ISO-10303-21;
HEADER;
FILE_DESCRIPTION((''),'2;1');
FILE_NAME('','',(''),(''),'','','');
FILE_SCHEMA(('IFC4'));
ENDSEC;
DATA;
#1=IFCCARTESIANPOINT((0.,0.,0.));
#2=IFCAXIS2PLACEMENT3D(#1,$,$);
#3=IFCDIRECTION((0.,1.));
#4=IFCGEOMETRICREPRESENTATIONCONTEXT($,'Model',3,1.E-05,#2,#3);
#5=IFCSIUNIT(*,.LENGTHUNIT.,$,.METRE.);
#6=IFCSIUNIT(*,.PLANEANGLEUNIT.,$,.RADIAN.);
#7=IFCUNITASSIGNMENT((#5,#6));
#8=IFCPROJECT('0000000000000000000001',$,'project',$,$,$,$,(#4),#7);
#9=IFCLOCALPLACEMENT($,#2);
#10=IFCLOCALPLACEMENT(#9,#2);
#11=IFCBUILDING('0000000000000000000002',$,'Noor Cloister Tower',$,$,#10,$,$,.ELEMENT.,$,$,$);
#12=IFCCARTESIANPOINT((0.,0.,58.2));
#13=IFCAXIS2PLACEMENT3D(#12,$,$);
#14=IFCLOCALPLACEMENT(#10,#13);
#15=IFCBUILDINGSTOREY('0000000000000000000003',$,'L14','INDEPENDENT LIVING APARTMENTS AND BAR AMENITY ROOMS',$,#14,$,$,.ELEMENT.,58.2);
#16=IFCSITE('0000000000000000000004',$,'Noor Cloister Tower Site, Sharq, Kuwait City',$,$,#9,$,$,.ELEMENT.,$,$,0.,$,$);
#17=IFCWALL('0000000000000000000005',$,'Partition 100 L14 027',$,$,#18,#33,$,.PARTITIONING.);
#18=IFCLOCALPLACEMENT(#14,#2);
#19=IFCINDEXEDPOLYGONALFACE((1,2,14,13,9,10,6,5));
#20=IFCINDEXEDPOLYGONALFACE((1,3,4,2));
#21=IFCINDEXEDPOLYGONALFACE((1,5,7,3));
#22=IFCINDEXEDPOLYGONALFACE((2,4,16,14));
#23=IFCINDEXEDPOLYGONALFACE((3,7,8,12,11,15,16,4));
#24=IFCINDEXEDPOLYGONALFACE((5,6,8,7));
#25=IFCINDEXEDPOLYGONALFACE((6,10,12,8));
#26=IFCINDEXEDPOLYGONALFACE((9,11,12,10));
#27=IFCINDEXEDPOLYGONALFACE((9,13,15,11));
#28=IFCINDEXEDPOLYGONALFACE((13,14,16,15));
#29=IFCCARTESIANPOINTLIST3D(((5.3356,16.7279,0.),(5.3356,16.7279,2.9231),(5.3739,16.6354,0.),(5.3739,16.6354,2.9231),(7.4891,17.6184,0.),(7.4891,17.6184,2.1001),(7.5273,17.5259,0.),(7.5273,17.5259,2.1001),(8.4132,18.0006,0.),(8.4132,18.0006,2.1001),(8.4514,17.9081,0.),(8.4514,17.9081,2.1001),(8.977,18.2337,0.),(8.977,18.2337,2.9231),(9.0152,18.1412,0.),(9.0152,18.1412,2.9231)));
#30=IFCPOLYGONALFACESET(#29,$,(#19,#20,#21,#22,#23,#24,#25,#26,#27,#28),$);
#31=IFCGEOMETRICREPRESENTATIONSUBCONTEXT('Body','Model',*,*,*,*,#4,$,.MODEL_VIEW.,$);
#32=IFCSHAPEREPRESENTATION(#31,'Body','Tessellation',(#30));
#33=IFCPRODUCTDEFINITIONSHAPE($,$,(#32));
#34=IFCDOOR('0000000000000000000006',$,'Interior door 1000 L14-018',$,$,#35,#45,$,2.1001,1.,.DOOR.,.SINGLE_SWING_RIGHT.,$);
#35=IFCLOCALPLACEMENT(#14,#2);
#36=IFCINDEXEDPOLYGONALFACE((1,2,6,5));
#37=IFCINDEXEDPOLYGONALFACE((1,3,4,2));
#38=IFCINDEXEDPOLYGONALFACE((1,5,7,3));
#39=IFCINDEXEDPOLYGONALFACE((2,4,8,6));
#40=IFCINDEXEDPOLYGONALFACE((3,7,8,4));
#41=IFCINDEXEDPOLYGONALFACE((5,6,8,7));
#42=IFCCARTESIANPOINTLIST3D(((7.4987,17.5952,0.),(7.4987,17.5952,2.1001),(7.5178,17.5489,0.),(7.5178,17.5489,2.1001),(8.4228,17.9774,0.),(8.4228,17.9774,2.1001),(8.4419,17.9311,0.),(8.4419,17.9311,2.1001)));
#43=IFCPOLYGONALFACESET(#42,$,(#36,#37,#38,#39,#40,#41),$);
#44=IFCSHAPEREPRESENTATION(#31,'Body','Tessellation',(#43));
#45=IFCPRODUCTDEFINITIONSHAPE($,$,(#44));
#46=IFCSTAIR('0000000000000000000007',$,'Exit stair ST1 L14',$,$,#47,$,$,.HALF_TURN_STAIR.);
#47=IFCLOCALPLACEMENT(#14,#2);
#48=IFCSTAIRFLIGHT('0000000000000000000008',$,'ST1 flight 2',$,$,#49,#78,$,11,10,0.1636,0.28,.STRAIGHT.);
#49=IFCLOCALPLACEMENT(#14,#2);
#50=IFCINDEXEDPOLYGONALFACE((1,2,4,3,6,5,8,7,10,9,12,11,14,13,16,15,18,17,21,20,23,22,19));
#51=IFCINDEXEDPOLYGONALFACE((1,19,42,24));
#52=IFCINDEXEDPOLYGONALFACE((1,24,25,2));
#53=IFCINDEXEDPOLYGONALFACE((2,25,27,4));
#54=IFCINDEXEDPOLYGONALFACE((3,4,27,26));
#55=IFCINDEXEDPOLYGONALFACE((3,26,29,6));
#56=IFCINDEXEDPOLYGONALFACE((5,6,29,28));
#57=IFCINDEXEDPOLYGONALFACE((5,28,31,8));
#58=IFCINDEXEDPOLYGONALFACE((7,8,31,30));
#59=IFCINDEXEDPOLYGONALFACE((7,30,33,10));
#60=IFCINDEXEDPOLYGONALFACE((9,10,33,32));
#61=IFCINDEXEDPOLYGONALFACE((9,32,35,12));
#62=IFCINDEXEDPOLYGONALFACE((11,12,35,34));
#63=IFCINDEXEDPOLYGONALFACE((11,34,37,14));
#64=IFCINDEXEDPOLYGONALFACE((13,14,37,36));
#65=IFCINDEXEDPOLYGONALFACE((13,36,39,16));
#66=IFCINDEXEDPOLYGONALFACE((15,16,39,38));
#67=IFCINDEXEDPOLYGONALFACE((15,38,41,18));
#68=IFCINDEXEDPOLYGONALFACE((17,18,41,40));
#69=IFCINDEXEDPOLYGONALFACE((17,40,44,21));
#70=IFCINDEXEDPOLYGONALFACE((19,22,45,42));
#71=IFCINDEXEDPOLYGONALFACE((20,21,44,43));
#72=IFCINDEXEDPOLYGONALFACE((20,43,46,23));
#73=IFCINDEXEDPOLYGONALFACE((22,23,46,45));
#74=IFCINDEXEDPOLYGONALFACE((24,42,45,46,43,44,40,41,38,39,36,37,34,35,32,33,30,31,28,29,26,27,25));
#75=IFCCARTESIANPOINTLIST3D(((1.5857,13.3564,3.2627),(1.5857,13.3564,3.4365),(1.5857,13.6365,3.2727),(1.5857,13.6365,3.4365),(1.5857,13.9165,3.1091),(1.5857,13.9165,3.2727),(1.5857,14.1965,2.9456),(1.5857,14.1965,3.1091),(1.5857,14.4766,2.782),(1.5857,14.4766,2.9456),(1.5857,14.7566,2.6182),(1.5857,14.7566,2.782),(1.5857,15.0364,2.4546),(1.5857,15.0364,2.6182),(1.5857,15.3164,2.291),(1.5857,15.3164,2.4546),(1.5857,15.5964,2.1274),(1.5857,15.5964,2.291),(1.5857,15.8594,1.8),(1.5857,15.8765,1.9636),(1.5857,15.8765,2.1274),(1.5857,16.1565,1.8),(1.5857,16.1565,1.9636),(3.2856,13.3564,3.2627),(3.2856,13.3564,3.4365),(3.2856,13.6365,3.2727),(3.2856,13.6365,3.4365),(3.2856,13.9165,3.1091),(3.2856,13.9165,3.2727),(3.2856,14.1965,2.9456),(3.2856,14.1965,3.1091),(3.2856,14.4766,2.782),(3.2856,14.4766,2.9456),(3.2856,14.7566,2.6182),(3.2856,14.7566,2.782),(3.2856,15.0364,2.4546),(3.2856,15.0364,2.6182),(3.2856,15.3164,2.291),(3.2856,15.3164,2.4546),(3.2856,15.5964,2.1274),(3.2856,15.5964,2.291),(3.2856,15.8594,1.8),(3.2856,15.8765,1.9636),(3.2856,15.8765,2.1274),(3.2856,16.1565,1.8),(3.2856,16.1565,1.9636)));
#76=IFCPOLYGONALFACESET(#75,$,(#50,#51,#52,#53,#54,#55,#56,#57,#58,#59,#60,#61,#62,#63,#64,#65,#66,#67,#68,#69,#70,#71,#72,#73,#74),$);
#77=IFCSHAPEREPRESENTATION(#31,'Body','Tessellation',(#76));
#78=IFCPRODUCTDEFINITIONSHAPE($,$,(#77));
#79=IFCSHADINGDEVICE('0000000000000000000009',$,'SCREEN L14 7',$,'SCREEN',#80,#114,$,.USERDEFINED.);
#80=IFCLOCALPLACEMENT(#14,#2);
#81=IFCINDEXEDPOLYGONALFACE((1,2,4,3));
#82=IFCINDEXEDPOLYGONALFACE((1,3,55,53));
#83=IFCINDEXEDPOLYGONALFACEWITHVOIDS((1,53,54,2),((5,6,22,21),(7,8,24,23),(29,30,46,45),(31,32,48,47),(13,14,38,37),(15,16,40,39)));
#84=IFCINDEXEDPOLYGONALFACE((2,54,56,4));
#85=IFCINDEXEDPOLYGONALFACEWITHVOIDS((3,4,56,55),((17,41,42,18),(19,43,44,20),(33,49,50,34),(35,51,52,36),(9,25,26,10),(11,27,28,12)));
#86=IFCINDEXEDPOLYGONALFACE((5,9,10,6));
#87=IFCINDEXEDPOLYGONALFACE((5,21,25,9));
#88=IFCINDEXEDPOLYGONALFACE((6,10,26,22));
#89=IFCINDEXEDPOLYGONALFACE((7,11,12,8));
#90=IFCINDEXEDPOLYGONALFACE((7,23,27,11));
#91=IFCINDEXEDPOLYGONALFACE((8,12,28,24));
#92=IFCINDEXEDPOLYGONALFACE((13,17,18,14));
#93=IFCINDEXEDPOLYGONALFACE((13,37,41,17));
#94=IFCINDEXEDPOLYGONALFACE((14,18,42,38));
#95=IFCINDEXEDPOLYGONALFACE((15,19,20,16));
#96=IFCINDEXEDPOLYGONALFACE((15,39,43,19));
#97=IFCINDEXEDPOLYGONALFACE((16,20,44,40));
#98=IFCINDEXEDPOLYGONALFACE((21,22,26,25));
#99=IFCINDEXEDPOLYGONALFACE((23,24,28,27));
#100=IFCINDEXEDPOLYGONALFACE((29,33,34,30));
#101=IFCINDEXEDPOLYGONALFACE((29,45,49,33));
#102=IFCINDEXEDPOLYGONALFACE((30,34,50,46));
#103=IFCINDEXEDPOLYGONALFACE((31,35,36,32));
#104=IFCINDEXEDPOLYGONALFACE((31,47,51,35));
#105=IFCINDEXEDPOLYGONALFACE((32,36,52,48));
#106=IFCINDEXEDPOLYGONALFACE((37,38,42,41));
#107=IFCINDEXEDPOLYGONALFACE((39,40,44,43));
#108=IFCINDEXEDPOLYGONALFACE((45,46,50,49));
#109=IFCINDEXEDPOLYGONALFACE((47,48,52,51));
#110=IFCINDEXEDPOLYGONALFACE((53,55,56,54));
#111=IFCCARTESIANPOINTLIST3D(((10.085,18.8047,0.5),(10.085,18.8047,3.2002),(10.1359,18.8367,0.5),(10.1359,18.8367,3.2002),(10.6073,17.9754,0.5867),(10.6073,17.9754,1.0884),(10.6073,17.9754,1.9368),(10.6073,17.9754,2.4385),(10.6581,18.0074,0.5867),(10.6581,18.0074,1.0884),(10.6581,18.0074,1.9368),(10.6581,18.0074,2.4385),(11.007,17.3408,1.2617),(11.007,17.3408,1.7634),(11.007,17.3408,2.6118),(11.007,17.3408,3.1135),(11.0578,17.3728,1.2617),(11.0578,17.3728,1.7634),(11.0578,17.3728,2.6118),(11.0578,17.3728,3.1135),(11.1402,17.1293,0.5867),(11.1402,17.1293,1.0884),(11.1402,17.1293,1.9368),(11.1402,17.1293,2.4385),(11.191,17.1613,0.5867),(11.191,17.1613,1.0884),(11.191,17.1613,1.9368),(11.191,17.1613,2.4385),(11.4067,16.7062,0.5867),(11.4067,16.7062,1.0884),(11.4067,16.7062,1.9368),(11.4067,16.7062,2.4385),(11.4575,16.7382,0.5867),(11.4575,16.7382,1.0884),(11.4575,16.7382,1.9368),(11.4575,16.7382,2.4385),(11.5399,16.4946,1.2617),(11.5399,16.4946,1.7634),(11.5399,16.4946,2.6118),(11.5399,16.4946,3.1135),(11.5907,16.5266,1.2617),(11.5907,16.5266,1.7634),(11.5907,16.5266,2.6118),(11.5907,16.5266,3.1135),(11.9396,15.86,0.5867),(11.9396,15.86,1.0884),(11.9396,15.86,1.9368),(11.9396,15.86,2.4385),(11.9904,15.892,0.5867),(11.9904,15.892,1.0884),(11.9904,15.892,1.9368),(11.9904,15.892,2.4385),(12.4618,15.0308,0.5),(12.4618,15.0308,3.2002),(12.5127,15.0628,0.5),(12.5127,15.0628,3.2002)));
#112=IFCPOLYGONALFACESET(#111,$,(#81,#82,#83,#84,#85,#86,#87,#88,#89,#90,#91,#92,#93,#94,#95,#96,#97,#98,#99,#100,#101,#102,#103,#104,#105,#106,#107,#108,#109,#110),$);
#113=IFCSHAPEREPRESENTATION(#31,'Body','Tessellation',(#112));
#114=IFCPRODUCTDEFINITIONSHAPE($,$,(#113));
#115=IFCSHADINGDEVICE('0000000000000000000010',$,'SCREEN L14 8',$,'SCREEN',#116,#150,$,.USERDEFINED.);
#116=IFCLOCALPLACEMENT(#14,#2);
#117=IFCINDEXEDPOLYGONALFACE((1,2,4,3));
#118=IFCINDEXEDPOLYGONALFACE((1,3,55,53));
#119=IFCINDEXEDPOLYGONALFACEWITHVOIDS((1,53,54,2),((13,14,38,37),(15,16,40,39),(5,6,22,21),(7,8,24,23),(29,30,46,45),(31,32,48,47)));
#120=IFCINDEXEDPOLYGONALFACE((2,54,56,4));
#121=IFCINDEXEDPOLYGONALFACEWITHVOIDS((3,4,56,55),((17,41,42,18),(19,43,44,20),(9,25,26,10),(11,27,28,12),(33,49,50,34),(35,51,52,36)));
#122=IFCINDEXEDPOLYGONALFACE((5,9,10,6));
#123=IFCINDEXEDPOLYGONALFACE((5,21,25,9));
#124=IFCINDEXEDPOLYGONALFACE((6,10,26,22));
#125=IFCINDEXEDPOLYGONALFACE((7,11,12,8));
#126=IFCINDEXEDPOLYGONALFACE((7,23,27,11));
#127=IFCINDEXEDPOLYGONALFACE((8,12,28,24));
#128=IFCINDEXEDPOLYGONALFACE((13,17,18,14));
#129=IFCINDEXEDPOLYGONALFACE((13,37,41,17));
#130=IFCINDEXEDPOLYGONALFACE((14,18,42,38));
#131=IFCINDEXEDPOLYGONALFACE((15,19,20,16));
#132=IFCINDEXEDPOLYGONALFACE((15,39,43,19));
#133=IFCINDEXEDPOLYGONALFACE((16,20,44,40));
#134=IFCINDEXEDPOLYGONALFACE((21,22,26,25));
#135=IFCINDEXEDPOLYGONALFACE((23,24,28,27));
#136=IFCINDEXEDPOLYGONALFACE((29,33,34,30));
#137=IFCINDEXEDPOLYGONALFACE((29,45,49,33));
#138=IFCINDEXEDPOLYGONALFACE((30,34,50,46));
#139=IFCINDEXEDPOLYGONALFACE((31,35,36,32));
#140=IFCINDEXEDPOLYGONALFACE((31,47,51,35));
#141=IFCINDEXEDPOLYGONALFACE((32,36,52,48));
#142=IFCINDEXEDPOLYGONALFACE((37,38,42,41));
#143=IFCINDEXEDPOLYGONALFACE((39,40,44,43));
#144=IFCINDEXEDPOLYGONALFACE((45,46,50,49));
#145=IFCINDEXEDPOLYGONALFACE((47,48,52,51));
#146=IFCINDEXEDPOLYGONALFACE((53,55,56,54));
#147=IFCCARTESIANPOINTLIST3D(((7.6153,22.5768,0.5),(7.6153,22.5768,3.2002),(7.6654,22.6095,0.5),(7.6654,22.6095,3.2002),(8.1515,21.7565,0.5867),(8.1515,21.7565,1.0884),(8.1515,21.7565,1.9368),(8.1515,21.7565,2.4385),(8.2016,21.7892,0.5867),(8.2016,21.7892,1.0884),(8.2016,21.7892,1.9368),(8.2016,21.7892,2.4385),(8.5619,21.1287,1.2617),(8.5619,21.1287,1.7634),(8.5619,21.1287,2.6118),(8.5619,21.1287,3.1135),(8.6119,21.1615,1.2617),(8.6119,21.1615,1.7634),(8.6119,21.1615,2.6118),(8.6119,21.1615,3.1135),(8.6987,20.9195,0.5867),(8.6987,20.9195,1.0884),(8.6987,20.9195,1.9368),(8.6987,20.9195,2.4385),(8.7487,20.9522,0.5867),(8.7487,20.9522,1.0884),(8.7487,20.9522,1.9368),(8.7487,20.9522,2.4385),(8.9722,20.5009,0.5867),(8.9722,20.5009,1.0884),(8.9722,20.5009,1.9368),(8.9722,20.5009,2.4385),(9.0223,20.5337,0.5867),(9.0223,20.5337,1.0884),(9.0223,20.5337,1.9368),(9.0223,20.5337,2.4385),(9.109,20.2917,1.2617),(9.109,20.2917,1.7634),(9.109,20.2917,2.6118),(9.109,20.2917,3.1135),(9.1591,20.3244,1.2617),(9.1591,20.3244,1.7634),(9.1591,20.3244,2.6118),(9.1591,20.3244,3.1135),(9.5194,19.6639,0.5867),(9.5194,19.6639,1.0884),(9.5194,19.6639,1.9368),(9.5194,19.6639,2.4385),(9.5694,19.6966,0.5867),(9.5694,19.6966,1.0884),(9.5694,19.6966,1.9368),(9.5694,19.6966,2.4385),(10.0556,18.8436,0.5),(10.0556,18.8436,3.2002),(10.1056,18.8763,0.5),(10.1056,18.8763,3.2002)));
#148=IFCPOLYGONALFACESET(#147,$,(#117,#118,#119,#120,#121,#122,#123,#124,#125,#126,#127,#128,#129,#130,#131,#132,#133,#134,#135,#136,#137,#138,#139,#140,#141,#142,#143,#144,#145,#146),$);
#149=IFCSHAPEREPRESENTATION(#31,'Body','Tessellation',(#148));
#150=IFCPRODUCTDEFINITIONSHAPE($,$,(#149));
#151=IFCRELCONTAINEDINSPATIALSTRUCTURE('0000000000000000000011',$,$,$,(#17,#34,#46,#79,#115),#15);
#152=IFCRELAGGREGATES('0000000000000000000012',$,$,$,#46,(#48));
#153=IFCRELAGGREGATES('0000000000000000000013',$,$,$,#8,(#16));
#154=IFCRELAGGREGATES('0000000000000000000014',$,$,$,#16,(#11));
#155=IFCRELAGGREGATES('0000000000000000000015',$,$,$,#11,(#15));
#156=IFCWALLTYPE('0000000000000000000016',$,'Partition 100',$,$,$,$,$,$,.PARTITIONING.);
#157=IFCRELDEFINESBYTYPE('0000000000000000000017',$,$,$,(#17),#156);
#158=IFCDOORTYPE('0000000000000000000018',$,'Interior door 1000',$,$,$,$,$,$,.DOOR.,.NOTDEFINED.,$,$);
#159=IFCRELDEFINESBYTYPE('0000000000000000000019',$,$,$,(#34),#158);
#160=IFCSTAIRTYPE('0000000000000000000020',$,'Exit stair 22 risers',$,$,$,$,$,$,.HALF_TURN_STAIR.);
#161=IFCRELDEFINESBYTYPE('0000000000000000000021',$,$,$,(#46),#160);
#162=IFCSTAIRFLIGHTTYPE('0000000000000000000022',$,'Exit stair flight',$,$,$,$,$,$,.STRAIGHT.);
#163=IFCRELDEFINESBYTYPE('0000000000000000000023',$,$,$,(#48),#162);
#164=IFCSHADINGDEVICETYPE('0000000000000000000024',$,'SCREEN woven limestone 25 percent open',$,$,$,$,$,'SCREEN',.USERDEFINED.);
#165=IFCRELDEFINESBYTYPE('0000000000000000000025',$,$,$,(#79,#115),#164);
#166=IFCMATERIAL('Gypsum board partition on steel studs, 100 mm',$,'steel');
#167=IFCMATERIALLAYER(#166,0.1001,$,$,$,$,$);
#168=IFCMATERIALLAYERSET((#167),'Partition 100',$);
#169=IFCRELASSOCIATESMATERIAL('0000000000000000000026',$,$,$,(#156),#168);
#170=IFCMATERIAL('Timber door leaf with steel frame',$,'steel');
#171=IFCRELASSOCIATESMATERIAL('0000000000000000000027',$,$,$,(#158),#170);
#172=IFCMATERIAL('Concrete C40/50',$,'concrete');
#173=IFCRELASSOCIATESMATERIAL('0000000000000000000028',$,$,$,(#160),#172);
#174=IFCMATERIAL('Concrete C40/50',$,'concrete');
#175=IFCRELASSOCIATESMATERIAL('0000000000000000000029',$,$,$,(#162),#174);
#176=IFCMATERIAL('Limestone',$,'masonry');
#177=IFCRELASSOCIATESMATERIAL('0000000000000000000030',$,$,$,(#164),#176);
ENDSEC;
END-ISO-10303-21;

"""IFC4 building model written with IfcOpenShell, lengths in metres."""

from ifc_helpers import new_model, si_unit, direction, frame, frame_2d, origin, place, context, subcontext, project, spatial, polyline, rectangle, outline, extrude, material, layer, layer_set, material_profile, profile_set, type_object, element, fill, aggregate, save


model = new_model("IFC4")

# Units and contexts
model_context = context("Model", 3, precision=1e-05, world=origin(), true_north=direction((0.0, 1.0)))
body_context = subcontext(model_context, "Body", "Model", "MODEL_VIEW")
ifc_project = project(units=[si_unit("LENGTHUNIT", "METRE"), si_unit("PLANEANGLEUNIT", "RADIAN")], contexts=[model_context])

# Site, building, storey
site_placement = place(None, origin())
site = spatial("IfcSite", under=ifc_project, at=site_placement, Name="Noor Cloister Tower Site, Sharq, Kuwait City", CompositionType="ELEMENT", RefElevation=0.0)
building_placement = place(site_placement, origin())
building = spatial("IfcBuilding", under=site, at=building_placement, Name="Noor Cloister Tower", CompositionType="ELEMENT")
storey_placement = place(building_placement, frame((0.0, 0.0, 58.2)))
storey = spatial("IfcBuildingStorey", under=building, at=storey_placement, Name="L14", Description="INDEPENDENT LIVING APARTMENTS AND BAR AMENITY ROOMS", CompositionType="ELEMENT", Elevation=58.2)

# Wall, opening, door
ifc_material_1 = material(Name="Gypsum board partition on steel studs, 100 mm", Category="steel")
ifc_layer_1 = layer(ifc_material_1, 0.1001)
ifc_layer_set_1 = layer_set([ifc_layer_1], Name="Partition 100")
wall_type = type_object("IfcWallType", Name="Partition 100", PredefinedType="PARTITIONING", material=ifc_layer_set_1)
ifc_material_2 = material(Name="Timber door leaf with steel frame", Category="steel")
door_type = type_object("IfcDoorType", Name="Interior door 1000", OperationType="NOTDEFINED", PredefinedType="DOOR", material=ifc_material_2)
wall_1_placement = place(storey_placement, frame((5.3547, 16.6816, 0.0), z_axis=(0.0, 0.0, 1.0), x_axis=(0.924098, 0.382155, 0.0)))
wall_1 = element("IfcWall", 1, at=wall_1_placement, inside=storey, type_object=wall_type, Name="Partition 100 L14 027", PredefinedType="PARTITIONING", context=body_context, shape_type="SweptSolid", body=[
    extrude(rectangle(XDim=3.9404, YDim=0.1001, at=frame_2d((1.9702, 0.0))), origin(), (0.0, 0.0, 1.0), 2.9231),
])
opening_1_placement = place(wall_1_placement, frame((2.3303, 0.0, 0.0)))
opening_1 = element("IfcOpeningElement", 2, at=opening_1_placement, cuts=wall_1, PredefinedType="OPENING", context=body_context, shape_type="SweptSolid", body=[
    extrude(rectangle(XDim=1.0, YDim=2.1001, at=frame_2d((0.5, 1.05))), frame((0.0, 0.0601, 0.0), z_axis=(0.0, -1.0, 0.0), x_axis=(1.0, 0.0, 0.0)), (0.0, 0.0, 1.0), 0.1201),
])
door_1_placement = place(opening_1_placement, origin())
door_1 = element("IfcDoor", 3, at=door_1_placement, inside=storey, type_object=door_type, Name="Interior door 1000 L14-018", OperationType="SINGLE_SWING_RIGHT", OverallHeight=2.1001, OverallWidth=1.0, PredefinedType="DOOR", context=body_context, shape_type="SweptSolid", body=[
    extrude(rectangle(XDim=1.0, YDim=2.1001, at=frame_2d((0.5, 1.05))), frame((0.0, 0.0249, 0.0), z_axis=(0.0, -1.0, 0.0), x_axis=(1.0, 0.0, 0.0)), (0.0, 0.0, 1.0), 0.05),
])
fill(opening_1, door_1)

# Stair, stair flight
ifc_material_3 = material(Name="Concrete C40/50", Category="concrete")
stair_type = type_object("IfcStairType", Name="Exit stair 22 risers", PredefinedType="HALF_TURN_STAIR", material=ifc_material_3)
stair_placement = place(storey_placement, origin())
stair = element("IfcStair", 4, at=stair_placement, inside=storey, type_object=stair_type, Name="Exit stair ST1 L14", PredefinedType="HALF_TURN_STAIR")
ifc_material_4 = material(Name="Concrete C40/50", Category="concrete")
stair_flight_type = type_object("IfcStairFlightType", Name="Exit stair flight", PredefinedType="STRAIGHT", material=ifc_material_4)
stair_flight_placement = place(storey_placement, frame((2.4355, 16.1565, 1.8), z_axis=(0.0, 0.0, 1.0), x_axis=(0.0, -1.0, 0.0)))
stair_flight = element("IfcStairFlight", 5, at=stair_flight_placement, type_object=stair_flight_type, Name="ST1 flight 2", NumberOfRisers=11, NumberOfTreads=10, PredefinedType="STRAIGHT", RiserHeight=0.1636, TreadLength=0.28, context=body_context, shape_type="SweptSolid", body=[
    extrude(outline(polyline([(0.0, 0.0), (0.0, 0.1636), (0.28, 0.1636), (0.28, 0.3274), (0.5601, 0.3274), (0.5601, 0.491), (0.8401, 0.491), (0.8401, 0.6545), (1.1201, 0.6545), (1.1201, 0.8181), (1.3999, 0.8181), (1.3999, 0.9819), (1.6799, 0.9819), (1.6799, 1.1455), (1.96, 1.1455), (1.96, 1.3091), (2.24, 1.3091), (2.24, 1.4727), (2.52, 1.4727), (2.52, 1.6365), (2.8, 1.6365), (2.8, 1.8), (2.8, 1.4626), (0.2971, 0.0), (0.0, 0.0)])), frame((0.0, 0.8501, 0.0), z_axis=(0.0, -1.0, 0.0), x_axis=(1.0, 0.0, 0.0)), (0.0, 0.0, 1.0), 1.7),
])
aggregate(stair, [stair_flight])

# Shading devices
ifc_material_5 = material(Name="Limestone", Category="masonry")
ifc_material_profile_1 = material_profile(ifc_material_5, outline(polyline([(-2.23, -1.3501), (2.23, -1.3501), (2.23, 1.3501), (-2.23, 1.3501), (-2.23, -1.3501)]), holes=[polyline([(-1.25, -1.2634), (-0.25, -1.2634), (-0.25, -0.7617), (-1.25, -0.7617), (-1.25, -1.2634)]), polyline([(0.25, -1.2634), (1.25, -1.2634), (1.25, -0.7617), (0.25, -0.7617), (0.25, -1.2634)]), polyline([(-0.5, -0.5884), (0.5, -0.5884), (0.5, -0.0867), (-0.5, -0.0867), (-0.5, -0.5884)]), polyline([(-1.25, 0.0867), (-0.25, 0.0867), (-0.25, 0.5884), (-1.25, 0.5884), (-1.25, 0.0867)]), polyline([(0.25, 0.0867), (1.25, 0.0867), (1.25, 0.5884), (0.25, 0.5884), (0.25, 0.0867)]), polyline([(-0.5, 0.7617), (0.5, 0.7617), (0.5, 1.2634), (-0.5, 1.2634), (-0.5, 0.7617)])]), Name="Woven screen 25 percent open")
ifc_profile_set_1 = profile_set([ifc_material_profile_1], Name="Limestone")
shading_device_type = type_object("IfcShadingDeviceType", Name="SCREEN woven limestone 25 percent open", ElementType="SCREEN", PredefinedType="USERDEFINED", material=ifc_profile_set_1)
shading_device_1_placement = place(storey_placement, frame((11.2734, 16.9177, 1.8501), z_axis=(0.846165, 0.532921, 0.0), x_axis=(-0.532921, 0.846165, 0.0)))
element("IfcShadingDevice", 6, at=shading_device_1_placement, inside=storey, type_object=shading_device_type, Name="SCREEN L14 7", ObjectType="SCREEN", PredefinedType="USERDEFINED", context=body_context, shape_type="SweptSolid", body=[
    extrude(outline(polyline([(-2.23, -1.3501), (2.23, -1.3501), (2.23, 1.3501), (-2.23, 1.3501), (-2.23, -1.3501)]), holes=[polyline([(-1.25, -1.2634), (-0.25, -1.2634), (-0.25, -0.7617), (-1.25, -0.7617), (-1.25, -1.2634)]), polyline([(0.25, -1.2634), (1.25, -1.2634), (1.25, -0.7617), (0.25, -0.7617), (0.25, -1.2634)]), polyline([(-0.5, -0.5884), (0.5, -0.5884), (0.5, -0.0867), (-0.5, -0.0867), (-0.5, -0.5884)]), polyline([(-1.25, 0.0867), (-0.25, 0.0867), (-0.25, 0.5884), (-1.25, 0.5884), (-1.25, 0.0867)]), polyline([(0.25, 0.0867), (1.25, 0.0867), (1.25, 0.5884), (0.25, 0.5884), (0.25, 0.0867)]), polyline([(-0.5, 0.7617), (0.5, 0.7617), (0.5, 1.2634), (-0.5, 1.2634), (-0.5, 0.7617)])]), origin(), (0.0, 0.0, 1.0), 0.0601),
])
shading_device_2_placement = place(storey_placement, frame((8.8354, 20.7102, 1.8501), z_axis=(0.837042, 0.547139, 0.0), x_axis=(-0.547139, 0.837042, 0.0)))
element("IfcShadingDevice", 7, at=shading_device_2_placement, inside=storey, type_object=shading_device_type, Name="SCREEN L14 8", ObjectType="SCREEN", PredefinedType="USERDEFINED", context=body_context, shape_type="SweptSolid", body=[
    extrude(outline(polyline([(-2.23, -1.3501), (2.23, -1.3501), (2.23, 1.3501), (-2.23, 1.3501), (-2.23, -1.3501)]), holes=[polyline([(-1.25, -1.2634), (-0.25, -1.2634), (-0.25, -0.7617), (-1.25, -0.7617), (-1.25, -1.2634)]), polyline([(0.25, -1.2634), (1.25, -1.2634), (1.25, -0.7617), (0.25, -0.7617), (0.25, -1.2634)]), polyline([(-0.5, -0.5884), (0.5, -0.5884), (0.5, -0.0867), (-0.5, -0.0867), (-0.5, -0.5884)]), polyline([(-1.25, 0.0867), (-0.25, 0.0867), (-0.25, 0.5884), (-1.25, 0.5884), (-1.25, 0.0867)]), polyline([(0.25, 0.0867), (1.25, 0.0867), (1.25, 0.5884), (0.25, 0.5884), (0.25, 0.0867)]), polyline([(-0.5, 0.7617), (0.5, 0.7617), (0.5, 1.2634), (-0.5, 1.2634), (-0.5, 0.7617)])]), origin(), (0.0, 0.0, 1.0), 0.0598),
])

save(model, "model.ifc")
